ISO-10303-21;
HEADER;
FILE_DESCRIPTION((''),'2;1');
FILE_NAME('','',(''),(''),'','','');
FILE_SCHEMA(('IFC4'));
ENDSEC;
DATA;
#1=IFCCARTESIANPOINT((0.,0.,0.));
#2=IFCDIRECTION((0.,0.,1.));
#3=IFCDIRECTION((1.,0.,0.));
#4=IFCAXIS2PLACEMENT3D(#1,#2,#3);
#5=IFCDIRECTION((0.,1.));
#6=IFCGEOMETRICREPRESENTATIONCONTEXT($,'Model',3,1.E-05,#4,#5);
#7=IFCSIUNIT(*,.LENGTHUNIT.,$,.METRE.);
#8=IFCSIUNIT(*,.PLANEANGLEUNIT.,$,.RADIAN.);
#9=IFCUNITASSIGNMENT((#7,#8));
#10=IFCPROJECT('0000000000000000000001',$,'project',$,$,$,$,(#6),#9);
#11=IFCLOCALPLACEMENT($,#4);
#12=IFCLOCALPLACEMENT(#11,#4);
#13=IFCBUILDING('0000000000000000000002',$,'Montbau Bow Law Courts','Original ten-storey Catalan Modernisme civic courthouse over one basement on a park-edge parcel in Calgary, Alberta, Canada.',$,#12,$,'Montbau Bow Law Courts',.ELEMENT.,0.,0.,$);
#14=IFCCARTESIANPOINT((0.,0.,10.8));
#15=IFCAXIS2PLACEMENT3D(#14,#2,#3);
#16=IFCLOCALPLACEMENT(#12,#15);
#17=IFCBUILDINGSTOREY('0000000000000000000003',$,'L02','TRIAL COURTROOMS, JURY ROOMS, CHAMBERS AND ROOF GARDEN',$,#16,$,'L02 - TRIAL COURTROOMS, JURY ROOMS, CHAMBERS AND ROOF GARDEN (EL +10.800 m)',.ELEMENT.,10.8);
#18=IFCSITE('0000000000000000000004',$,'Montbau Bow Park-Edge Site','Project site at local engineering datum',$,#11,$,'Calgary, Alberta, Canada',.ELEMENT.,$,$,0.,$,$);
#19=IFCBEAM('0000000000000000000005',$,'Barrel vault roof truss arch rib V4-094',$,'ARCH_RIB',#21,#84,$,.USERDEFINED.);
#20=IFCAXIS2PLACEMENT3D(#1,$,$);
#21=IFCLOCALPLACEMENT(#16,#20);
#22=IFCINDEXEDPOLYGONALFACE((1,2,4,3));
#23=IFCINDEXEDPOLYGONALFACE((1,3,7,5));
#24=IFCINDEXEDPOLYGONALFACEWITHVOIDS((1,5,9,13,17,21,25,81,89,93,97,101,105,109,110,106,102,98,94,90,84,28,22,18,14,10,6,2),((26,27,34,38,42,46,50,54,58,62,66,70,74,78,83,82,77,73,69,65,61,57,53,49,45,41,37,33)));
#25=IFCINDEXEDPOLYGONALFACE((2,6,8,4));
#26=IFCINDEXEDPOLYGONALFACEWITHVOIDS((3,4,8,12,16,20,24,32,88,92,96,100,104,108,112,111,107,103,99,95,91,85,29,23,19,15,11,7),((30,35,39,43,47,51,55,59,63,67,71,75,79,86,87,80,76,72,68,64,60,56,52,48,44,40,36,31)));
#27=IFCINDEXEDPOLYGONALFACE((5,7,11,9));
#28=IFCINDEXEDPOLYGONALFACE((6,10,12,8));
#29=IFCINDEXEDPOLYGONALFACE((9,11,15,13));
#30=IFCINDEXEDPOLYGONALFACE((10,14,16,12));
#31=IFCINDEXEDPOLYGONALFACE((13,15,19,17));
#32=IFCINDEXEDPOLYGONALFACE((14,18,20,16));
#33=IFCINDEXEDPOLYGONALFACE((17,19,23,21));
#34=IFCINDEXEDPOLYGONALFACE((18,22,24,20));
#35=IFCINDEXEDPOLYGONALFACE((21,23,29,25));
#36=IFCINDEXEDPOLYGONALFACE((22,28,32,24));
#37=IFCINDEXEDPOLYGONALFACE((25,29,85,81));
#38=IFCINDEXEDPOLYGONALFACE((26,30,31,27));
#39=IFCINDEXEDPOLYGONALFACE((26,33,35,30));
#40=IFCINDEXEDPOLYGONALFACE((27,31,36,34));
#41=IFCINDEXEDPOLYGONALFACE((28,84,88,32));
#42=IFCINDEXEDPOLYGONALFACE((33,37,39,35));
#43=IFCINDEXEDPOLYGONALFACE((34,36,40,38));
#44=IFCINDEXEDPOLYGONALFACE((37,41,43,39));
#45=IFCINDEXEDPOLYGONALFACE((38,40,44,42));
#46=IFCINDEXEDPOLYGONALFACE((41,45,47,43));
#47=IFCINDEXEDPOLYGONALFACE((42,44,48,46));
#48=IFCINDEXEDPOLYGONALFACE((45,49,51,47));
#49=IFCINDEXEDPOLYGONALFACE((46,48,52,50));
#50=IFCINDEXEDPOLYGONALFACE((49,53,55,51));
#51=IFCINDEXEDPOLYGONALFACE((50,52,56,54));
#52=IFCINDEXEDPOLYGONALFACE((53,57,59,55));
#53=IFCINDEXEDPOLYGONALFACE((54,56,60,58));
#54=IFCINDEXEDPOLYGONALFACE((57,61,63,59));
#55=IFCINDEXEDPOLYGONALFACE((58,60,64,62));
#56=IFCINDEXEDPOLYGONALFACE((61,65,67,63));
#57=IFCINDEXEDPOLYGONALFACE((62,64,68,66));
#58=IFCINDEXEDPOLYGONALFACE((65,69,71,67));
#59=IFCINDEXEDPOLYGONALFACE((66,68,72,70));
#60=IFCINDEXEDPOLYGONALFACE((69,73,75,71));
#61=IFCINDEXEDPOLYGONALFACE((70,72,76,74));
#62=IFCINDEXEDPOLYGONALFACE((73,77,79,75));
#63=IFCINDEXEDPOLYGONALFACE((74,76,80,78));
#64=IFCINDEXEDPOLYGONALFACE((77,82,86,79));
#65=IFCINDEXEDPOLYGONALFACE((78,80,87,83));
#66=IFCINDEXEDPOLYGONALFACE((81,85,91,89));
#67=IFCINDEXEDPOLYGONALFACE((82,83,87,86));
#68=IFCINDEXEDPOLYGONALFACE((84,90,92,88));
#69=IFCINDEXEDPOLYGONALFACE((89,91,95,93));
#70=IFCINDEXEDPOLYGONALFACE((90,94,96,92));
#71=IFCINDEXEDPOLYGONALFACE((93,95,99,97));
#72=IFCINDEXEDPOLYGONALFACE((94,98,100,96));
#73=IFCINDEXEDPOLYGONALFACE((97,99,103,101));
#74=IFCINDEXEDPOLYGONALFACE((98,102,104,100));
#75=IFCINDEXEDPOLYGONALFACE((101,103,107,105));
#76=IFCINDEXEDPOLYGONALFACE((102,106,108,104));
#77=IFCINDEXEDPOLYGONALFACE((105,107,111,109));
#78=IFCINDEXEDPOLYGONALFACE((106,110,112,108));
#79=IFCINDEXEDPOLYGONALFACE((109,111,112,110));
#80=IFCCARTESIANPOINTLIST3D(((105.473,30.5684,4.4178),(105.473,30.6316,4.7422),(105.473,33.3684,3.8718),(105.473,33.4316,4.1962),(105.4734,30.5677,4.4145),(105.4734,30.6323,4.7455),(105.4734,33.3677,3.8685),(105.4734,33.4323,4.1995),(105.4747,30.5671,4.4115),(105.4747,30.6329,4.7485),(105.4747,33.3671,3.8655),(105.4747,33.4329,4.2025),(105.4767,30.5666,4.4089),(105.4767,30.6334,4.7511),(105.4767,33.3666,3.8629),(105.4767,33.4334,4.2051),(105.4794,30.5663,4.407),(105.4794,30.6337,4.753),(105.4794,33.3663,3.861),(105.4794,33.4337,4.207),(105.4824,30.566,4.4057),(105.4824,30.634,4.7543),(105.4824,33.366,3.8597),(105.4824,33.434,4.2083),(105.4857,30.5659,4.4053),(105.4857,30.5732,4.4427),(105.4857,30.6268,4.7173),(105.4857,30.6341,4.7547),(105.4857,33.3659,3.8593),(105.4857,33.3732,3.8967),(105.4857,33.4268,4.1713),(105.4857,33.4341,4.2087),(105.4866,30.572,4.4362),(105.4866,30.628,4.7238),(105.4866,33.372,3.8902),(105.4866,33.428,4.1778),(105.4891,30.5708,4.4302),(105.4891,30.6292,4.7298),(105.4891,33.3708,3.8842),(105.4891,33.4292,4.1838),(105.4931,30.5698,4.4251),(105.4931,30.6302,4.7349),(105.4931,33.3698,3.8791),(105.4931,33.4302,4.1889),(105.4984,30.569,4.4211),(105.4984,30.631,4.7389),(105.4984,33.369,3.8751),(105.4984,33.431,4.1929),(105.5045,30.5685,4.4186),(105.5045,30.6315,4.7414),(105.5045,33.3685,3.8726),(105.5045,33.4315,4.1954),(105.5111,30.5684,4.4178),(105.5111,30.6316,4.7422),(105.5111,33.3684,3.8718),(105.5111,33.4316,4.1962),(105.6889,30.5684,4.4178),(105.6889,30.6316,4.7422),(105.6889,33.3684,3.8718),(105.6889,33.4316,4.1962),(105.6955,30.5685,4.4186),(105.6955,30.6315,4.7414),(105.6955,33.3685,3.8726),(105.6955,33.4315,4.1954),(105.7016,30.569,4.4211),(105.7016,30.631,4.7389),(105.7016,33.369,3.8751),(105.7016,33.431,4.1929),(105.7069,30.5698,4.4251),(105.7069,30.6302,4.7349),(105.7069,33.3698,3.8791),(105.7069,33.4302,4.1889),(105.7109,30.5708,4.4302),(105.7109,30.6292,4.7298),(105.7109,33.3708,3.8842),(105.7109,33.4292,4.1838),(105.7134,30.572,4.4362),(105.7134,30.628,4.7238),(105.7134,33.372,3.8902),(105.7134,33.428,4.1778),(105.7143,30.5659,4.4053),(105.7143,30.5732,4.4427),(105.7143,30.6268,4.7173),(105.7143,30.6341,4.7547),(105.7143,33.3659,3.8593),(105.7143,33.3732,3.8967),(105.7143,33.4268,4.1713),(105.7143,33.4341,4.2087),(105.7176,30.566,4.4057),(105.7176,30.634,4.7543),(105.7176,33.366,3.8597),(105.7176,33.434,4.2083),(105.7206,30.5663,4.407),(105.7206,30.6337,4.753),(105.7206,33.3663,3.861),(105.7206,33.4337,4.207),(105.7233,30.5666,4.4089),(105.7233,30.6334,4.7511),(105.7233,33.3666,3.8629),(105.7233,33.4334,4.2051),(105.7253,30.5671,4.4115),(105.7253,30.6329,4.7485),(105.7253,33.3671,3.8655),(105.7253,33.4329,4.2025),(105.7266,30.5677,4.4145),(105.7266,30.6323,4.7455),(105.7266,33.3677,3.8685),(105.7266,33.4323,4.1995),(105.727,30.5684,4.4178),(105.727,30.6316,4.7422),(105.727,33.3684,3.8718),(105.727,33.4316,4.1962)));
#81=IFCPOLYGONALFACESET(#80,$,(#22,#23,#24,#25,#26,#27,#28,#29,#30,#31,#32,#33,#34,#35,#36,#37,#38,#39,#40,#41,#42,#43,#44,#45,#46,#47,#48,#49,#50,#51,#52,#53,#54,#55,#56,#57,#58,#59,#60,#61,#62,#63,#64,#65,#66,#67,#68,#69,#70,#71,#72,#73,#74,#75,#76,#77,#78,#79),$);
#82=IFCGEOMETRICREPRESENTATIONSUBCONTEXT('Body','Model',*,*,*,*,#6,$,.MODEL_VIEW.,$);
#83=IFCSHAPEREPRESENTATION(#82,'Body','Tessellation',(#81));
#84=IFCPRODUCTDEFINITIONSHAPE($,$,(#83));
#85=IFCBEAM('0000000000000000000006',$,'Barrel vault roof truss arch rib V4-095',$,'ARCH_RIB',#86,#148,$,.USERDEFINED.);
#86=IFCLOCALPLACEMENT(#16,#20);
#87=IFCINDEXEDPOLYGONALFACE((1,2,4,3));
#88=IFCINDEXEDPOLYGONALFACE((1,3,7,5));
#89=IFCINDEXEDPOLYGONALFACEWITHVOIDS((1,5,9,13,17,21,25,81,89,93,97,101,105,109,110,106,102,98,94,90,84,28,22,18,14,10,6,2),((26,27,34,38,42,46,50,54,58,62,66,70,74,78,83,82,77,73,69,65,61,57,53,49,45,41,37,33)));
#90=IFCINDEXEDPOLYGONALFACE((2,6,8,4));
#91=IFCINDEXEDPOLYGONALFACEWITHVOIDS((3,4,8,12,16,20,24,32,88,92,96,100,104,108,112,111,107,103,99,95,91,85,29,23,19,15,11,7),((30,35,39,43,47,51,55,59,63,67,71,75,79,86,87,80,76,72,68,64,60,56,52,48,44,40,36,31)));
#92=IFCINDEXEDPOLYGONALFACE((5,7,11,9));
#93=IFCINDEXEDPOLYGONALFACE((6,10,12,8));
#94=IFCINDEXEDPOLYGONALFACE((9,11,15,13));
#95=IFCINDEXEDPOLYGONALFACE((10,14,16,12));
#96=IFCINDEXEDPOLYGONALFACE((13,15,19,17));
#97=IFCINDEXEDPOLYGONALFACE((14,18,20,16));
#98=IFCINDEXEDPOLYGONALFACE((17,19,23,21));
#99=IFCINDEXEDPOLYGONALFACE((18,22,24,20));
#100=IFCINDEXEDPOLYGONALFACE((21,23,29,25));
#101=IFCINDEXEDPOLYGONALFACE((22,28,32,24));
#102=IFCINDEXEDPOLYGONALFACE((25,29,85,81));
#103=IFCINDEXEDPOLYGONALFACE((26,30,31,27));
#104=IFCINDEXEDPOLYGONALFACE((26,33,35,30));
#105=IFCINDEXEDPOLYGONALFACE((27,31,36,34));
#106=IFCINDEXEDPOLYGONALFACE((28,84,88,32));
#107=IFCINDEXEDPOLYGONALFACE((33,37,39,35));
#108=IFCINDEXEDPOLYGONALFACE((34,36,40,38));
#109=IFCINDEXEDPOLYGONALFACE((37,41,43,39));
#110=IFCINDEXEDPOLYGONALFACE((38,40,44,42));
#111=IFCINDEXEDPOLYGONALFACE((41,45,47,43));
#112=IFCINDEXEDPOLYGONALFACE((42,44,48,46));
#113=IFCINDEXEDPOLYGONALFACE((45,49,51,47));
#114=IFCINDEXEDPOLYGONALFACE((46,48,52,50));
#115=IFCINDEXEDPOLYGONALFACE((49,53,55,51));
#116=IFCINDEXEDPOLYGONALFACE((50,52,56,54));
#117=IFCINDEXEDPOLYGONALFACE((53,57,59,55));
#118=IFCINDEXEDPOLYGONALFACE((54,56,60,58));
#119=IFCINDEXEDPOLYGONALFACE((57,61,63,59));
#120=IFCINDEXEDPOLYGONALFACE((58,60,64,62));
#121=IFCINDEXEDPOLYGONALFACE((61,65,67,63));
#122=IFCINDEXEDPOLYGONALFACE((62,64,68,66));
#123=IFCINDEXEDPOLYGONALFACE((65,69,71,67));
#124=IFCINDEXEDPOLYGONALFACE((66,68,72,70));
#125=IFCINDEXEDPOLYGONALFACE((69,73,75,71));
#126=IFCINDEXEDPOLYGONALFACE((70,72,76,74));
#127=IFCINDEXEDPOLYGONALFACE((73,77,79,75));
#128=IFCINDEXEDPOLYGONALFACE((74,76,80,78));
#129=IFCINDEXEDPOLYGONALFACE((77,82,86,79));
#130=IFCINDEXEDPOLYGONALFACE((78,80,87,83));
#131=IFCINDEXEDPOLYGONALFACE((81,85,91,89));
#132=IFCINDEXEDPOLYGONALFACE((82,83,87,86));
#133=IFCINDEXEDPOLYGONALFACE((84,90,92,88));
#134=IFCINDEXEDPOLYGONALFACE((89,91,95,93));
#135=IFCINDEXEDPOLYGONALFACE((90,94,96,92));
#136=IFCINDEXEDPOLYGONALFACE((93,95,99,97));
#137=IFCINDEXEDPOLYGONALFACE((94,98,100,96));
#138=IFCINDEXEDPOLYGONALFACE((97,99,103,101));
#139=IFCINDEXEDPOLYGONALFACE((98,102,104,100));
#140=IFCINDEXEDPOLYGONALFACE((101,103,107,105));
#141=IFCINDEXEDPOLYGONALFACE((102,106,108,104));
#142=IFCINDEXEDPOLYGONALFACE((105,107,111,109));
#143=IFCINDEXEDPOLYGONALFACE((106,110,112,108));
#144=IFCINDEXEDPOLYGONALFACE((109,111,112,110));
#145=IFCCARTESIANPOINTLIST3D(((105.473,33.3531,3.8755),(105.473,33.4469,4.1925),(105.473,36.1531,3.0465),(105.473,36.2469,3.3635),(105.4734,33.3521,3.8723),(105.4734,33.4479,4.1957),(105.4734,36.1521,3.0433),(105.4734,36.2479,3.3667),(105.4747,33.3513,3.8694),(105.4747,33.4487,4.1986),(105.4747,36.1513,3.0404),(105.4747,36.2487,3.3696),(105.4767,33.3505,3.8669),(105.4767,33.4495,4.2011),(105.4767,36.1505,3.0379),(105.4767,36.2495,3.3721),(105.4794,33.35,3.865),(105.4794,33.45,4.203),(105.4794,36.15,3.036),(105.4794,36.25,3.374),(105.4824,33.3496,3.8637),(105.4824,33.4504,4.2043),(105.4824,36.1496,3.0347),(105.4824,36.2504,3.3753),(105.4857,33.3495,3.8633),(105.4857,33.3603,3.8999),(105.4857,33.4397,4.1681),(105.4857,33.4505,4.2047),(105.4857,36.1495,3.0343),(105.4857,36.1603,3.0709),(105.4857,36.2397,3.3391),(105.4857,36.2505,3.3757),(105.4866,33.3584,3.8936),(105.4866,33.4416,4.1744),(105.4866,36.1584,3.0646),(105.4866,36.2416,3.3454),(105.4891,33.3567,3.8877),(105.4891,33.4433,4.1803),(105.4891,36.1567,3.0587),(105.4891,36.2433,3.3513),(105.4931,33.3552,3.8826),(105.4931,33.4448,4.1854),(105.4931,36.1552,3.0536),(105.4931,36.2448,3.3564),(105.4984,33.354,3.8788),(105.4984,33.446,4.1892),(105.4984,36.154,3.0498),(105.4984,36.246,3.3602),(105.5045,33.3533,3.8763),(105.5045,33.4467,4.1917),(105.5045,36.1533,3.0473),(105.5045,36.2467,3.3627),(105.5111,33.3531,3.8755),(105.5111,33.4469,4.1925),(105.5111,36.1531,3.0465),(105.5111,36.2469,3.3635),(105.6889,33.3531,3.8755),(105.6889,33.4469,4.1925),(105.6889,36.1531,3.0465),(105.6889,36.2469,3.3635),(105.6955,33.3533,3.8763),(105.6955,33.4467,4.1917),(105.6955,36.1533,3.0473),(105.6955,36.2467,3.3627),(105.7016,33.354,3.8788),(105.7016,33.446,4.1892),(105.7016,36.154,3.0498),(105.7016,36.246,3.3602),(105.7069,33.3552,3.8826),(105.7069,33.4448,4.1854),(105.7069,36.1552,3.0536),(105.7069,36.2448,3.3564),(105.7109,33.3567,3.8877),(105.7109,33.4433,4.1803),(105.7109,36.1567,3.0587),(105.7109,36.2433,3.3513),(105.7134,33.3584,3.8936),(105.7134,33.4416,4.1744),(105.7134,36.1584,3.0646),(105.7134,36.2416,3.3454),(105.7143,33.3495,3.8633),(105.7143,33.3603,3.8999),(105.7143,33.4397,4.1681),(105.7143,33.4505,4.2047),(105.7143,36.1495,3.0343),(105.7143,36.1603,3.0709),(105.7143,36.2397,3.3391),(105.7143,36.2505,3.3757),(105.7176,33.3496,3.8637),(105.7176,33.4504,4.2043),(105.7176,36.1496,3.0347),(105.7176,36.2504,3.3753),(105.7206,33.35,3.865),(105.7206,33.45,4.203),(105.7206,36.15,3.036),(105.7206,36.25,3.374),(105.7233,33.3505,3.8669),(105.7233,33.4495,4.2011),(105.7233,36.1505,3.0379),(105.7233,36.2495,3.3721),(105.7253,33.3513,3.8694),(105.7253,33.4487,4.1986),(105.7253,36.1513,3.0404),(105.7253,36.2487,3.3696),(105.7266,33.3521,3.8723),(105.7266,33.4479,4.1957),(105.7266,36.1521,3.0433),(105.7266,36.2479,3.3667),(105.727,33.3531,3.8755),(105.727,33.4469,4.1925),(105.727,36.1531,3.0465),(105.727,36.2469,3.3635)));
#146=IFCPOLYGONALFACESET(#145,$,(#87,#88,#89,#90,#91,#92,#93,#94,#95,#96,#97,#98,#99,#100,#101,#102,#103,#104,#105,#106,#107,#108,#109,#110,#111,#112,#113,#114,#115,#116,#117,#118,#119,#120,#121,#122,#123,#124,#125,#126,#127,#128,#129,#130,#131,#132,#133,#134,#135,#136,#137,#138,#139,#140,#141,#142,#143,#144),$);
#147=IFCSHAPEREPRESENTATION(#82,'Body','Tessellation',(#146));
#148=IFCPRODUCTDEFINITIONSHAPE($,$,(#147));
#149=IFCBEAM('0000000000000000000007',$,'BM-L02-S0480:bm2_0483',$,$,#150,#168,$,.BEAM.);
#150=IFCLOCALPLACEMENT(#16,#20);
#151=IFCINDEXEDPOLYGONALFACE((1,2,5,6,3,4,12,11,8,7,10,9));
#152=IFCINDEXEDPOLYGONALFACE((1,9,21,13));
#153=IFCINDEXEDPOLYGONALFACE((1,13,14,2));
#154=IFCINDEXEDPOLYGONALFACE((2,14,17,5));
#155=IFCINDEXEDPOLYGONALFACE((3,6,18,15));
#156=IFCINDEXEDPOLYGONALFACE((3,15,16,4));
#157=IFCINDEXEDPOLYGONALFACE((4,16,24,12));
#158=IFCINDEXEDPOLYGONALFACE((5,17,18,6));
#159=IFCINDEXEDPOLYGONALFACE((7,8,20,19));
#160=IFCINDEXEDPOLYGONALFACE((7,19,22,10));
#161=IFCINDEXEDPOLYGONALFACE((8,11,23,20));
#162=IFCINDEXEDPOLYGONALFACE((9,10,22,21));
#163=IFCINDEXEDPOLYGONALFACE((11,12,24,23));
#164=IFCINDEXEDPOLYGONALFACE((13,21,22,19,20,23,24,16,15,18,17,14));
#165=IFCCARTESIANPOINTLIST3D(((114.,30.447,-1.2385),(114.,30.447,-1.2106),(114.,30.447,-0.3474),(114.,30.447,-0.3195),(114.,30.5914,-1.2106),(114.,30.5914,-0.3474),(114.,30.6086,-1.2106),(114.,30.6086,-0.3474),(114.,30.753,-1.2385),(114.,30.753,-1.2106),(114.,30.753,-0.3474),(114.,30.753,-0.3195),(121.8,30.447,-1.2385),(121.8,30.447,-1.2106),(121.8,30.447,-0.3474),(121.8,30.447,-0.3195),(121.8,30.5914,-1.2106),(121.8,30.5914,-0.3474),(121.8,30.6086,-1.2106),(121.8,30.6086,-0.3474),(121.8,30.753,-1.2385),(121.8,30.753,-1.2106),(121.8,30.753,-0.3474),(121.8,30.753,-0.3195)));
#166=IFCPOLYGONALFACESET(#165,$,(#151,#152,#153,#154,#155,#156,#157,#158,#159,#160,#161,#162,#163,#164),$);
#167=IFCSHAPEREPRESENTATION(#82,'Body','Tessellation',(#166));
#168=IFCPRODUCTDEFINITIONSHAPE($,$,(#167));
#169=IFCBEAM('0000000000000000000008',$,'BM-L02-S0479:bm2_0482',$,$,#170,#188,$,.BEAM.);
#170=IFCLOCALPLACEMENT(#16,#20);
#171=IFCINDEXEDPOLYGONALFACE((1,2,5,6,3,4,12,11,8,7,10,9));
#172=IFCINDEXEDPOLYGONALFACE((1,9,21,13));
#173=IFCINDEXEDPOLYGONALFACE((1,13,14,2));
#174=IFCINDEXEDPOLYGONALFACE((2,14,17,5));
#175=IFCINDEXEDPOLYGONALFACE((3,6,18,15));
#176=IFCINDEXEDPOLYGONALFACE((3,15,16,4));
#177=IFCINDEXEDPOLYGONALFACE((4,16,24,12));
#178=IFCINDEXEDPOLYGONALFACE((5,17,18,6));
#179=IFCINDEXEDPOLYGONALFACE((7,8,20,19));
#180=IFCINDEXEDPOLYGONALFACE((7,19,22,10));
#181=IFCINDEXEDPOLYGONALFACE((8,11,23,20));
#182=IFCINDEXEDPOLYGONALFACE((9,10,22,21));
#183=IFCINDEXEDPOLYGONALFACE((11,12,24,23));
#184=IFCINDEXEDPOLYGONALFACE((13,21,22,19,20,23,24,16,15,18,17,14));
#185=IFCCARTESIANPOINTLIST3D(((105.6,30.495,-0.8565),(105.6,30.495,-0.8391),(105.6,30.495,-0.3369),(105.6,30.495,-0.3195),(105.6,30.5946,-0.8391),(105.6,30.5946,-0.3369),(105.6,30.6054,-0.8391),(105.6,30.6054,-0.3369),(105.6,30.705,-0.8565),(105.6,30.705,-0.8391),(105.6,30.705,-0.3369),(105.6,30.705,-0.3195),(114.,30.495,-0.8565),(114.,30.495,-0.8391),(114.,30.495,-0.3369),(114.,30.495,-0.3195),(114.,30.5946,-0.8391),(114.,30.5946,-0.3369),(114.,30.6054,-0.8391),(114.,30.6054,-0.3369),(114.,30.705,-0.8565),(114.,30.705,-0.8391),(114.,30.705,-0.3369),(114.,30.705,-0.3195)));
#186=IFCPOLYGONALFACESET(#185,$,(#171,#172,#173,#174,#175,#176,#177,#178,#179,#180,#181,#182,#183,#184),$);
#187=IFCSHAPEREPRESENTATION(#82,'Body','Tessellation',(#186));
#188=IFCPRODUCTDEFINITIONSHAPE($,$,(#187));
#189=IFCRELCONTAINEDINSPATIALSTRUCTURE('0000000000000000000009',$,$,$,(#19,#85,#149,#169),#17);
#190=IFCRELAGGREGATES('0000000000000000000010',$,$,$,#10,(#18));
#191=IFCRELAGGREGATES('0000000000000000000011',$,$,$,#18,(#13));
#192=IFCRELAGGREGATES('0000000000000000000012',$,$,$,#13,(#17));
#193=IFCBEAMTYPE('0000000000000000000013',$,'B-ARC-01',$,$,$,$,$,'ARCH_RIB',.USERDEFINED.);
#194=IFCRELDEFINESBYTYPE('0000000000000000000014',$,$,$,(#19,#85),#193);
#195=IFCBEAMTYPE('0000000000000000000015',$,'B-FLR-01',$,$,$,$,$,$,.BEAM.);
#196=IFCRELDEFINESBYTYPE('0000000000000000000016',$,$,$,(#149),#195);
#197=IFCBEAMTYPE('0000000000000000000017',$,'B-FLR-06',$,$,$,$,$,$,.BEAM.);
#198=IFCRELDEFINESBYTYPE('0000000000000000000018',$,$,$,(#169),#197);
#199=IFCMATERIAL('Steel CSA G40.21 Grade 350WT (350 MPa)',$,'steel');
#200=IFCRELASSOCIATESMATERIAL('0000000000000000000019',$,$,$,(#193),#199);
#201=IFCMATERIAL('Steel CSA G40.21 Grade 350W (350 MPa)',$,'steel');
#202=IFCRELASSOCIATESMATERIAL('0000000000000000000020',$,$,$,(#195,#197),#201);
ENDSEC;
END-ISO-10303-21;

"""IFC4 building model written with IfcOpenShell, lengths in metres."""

from ifc_helpers import new_model, si_unit, direction, frame, origin_with_axes, origin_2d_with_axis, place, context, subcontext, project, spatial, hollow_rectangle, i_section, extrude, material, material_profile, profile_set, type_object, element, save


model = new_model("IFC4")

# Units and contexts
model_context = context("Model", 3, precision=1e-05, world=origin_with_axes(), true_north=direction((0.0, 1.0)))
body_context = subcontext(model_context, "Body", "Model", "MODEL_VIEW")
ifc_project = project(units=[si_unit("LENGTHUNIT", "METRE"), si_unit("PLANEANGLEUNIT", "RADIAN")], contexts=[model_context])

# Site, building, storey
site_placement = place(None, origin_with_axes())
site = spatial("IfcSite", under=ifc_project, at=site_placement, Name="Montbau Bow Park-Edge Site", Description="Project site at local engineering datum", LongName="Calgary, Alberta, Canada", CompositionType="ELEMENT", RefElevation=0.0)
building_placement = place(site_placement, origin_with_axes())
building = spatial("IfcBuilding", under=site, at=building_placement, Name="Montbau Bow Law Courts", Description="Original ten-storey Catalan Modernisme civic courthouse over one basement on a park-edge parcel in Calgary, Alberta, Canada.", LongName="Montbau Bow Law Courts", CompositionType="ELEMENT", ElevationOfRefHeight=0.0, ElevationOfTerrain=0.0)
storey_placement = place(building_placement, frame((0.0, 0.0, 10.8), z_axis=(0.0, 0.0, 1.0), x_axis=(1.0, 0.0, 0.0)))
storey = spatial("IfcBuildingStorey", under=building, at=storey_placement, Name="L02", Description="TRIAL COURTROOMS, JURY ROOMS, CHAMBERS AND ROOF GARDEN", LongName="L02 - TRIAL COURTROOMS, JURY ROOMS, CHAMBERS AND ROOF GARDEN (EL +10.800 m)", CompositionType="ELEMENT", Elevation=10.8)

# Shared definitions
ifc_material_1 = material(Name="Steel CSA G40.21 Grade 350W (350 MPa)", Category="steel")

# Beams
ifc_material_2 = material(Name="Steel CSA G40.21 Grade 350WT (350 MPa)", Category="steel")
ifc_material_profile_1 = material_profile(ifc_material_2, hollow_rectangle(XDim=0.254, YDim=0.356, WallThickness=0.0127, InnerFilletRadius=0.0254, OuterFilletRadius=0.0127, at=origin_2d_with_axis()), Name="HSS356X254X13", Category="Main", Priority=0)
ifc_profile_set_1 = profile_set([ifc_material_profile_1], Name="Steel CSA G40.21 Grade 350WT (350 MPa)")
beam_type_1 = type_object("IfcBeamType", Name="B-ARC-01", ElementType="ARCH_RIB", PredefinedType="USERDEFINED", material=ifc_profile_set_1)
for number, where, z_axis, x_axis, name in (
    (1, (105.6, 30.6, 15.38), (0.0, 0.981513, -0.191395), (-1.0, 0.0, 0.0), "Barrel vault roof truss arch rib V4-094"),
):
    element("IfcBeam", number, at=place(None, frame(where, z_axis=z_axis, x_axis=x_axis)), inside=storey, type_object=beam_type_1, Name=name, ObjectType="ARCH_RIB", PredefinedType="USERDEFINED", context=body_context, shape_type="SweptSolid", body=[
        extrude(hollow_rectangle(XDim=0.254, YDim=0.356, WallThickness=0.0127, InnerFilletRadius=0.0254, OuterFilletRadius=0.0127, at=origin_2d_with_axis()), origin_with_axes(), (0.0, 0.0, 1.0), 2.8527),
    ])
beam_1_placement = place(None, frame((105.6, 33.4, 14.834), z_axis=(0.0, 0.958857, -0.28389), x_axis=(-1.0, 0.0, 0.0)))
element("IfcBeam", 2, at=beam_1_placement, inside=storey, type_object=beam_type_1, Name="Barrel vault roof truss arch rib V4-095", ObjectType="ARCH_RIB", PredefinedType="USERDEFINED", context=body_context, shape_type="SweptSolid", body=[
    extrude(hollow_rectangle(XDim=0.254, YDim=0.356, WallThickness=0.0127, InnerFilletRadius=0.0254, OuterFilletRadius=0.0127, at=origin_2d_with_axis()), origin_with_axes(), (0.0, 0.0, 1.0), 2.9201),
])
ifc_material_profile_2 = material_profile(ifc_material_1, i_section(OverallWidth=0.306, OverallDepth=0.919, WebThickness=0.0173, FlangeThickness=0.0279, at=origin_2d_with_axis()), Name="W920X253", Category="Main", Priority=0)
ifc_profile_set_2 = profile_set([ifc_material_profile_2], Name="Steel CSA G40.21 Grade 350W (350 MPa)")
beam_type_2 = type_object("IfcBeamType", Name="B-FLR-01", PredefinedType="BEAM", material=ifc_profile_set_2)
beam_2_placement = place(None, frame((114.0, 30.6, 10.021), z_axis=(1.0, 0.0, 0.0), x_axis=(0.0, 1.0, 0.0)))
element("IfcBeam", 3, at=beam_2_placement, inside=storey, type_object=beam_type_2, Name="BM-L02-S0480:bm2_0483", PredefinedType="BEAM", context=body_context, shape_type="SweptSolid", body=[
    extrude(i_section(OverallWidth=0.306, OverallDepth=0.919, WebThickness=0.0173, FlangeThickness=0.0279, at=origin_2d_with_axis()), origin_with_axes(), (0.0, 0.0, 1.0), 7.8),
])
ifc_material_profile_3 = material_profile(ifc_material_1, i_section(OverallWidth=0.21, OverallDepth=0.537, WebThickness=0.0109, FlangeThickness=0.0174, at=origin_2d_with_axis()), Name="W530X101", Category="Main", Priority=0)
ifc_profile_set_3 = profile_set([ifc_material_profile_3], Name="Steel CSA G40.21 Grade 350W (350 MPa)")
beam_type_3 = type_object("IfcBeamType", Name="B-FLR-06", PredefinedType="BEAM", material=ifc_profile_set_3)
for number, where, z_axis, x_axis, name in (
    (4, (105.6, 30.6, 10.212), (1.0, 0.0, 0.0), (0.0, 1.0, 0.0), "BM-L02-S0479:bm2_0482"),
):
    element("IfcBeam", number, at=place(None, frame(where, z_axis=z_axis, x_axis=x_axis)), inside=storey, type_object=beam_type_3, Name=name, PredefinedType="BEAM", context=body_context, shape_type="SweptSolid", body=[
        extrude(i_section(OverallWidth=0.21, OverallDepth=0.537, WebThickness=0.0109, FlangeThickness=0.0174, at=origin_2d_with_axis()), origin_with_axes(), (0.0, 0.0, 1.0), 8.4),
    ])

save(model, "model.ifc")
